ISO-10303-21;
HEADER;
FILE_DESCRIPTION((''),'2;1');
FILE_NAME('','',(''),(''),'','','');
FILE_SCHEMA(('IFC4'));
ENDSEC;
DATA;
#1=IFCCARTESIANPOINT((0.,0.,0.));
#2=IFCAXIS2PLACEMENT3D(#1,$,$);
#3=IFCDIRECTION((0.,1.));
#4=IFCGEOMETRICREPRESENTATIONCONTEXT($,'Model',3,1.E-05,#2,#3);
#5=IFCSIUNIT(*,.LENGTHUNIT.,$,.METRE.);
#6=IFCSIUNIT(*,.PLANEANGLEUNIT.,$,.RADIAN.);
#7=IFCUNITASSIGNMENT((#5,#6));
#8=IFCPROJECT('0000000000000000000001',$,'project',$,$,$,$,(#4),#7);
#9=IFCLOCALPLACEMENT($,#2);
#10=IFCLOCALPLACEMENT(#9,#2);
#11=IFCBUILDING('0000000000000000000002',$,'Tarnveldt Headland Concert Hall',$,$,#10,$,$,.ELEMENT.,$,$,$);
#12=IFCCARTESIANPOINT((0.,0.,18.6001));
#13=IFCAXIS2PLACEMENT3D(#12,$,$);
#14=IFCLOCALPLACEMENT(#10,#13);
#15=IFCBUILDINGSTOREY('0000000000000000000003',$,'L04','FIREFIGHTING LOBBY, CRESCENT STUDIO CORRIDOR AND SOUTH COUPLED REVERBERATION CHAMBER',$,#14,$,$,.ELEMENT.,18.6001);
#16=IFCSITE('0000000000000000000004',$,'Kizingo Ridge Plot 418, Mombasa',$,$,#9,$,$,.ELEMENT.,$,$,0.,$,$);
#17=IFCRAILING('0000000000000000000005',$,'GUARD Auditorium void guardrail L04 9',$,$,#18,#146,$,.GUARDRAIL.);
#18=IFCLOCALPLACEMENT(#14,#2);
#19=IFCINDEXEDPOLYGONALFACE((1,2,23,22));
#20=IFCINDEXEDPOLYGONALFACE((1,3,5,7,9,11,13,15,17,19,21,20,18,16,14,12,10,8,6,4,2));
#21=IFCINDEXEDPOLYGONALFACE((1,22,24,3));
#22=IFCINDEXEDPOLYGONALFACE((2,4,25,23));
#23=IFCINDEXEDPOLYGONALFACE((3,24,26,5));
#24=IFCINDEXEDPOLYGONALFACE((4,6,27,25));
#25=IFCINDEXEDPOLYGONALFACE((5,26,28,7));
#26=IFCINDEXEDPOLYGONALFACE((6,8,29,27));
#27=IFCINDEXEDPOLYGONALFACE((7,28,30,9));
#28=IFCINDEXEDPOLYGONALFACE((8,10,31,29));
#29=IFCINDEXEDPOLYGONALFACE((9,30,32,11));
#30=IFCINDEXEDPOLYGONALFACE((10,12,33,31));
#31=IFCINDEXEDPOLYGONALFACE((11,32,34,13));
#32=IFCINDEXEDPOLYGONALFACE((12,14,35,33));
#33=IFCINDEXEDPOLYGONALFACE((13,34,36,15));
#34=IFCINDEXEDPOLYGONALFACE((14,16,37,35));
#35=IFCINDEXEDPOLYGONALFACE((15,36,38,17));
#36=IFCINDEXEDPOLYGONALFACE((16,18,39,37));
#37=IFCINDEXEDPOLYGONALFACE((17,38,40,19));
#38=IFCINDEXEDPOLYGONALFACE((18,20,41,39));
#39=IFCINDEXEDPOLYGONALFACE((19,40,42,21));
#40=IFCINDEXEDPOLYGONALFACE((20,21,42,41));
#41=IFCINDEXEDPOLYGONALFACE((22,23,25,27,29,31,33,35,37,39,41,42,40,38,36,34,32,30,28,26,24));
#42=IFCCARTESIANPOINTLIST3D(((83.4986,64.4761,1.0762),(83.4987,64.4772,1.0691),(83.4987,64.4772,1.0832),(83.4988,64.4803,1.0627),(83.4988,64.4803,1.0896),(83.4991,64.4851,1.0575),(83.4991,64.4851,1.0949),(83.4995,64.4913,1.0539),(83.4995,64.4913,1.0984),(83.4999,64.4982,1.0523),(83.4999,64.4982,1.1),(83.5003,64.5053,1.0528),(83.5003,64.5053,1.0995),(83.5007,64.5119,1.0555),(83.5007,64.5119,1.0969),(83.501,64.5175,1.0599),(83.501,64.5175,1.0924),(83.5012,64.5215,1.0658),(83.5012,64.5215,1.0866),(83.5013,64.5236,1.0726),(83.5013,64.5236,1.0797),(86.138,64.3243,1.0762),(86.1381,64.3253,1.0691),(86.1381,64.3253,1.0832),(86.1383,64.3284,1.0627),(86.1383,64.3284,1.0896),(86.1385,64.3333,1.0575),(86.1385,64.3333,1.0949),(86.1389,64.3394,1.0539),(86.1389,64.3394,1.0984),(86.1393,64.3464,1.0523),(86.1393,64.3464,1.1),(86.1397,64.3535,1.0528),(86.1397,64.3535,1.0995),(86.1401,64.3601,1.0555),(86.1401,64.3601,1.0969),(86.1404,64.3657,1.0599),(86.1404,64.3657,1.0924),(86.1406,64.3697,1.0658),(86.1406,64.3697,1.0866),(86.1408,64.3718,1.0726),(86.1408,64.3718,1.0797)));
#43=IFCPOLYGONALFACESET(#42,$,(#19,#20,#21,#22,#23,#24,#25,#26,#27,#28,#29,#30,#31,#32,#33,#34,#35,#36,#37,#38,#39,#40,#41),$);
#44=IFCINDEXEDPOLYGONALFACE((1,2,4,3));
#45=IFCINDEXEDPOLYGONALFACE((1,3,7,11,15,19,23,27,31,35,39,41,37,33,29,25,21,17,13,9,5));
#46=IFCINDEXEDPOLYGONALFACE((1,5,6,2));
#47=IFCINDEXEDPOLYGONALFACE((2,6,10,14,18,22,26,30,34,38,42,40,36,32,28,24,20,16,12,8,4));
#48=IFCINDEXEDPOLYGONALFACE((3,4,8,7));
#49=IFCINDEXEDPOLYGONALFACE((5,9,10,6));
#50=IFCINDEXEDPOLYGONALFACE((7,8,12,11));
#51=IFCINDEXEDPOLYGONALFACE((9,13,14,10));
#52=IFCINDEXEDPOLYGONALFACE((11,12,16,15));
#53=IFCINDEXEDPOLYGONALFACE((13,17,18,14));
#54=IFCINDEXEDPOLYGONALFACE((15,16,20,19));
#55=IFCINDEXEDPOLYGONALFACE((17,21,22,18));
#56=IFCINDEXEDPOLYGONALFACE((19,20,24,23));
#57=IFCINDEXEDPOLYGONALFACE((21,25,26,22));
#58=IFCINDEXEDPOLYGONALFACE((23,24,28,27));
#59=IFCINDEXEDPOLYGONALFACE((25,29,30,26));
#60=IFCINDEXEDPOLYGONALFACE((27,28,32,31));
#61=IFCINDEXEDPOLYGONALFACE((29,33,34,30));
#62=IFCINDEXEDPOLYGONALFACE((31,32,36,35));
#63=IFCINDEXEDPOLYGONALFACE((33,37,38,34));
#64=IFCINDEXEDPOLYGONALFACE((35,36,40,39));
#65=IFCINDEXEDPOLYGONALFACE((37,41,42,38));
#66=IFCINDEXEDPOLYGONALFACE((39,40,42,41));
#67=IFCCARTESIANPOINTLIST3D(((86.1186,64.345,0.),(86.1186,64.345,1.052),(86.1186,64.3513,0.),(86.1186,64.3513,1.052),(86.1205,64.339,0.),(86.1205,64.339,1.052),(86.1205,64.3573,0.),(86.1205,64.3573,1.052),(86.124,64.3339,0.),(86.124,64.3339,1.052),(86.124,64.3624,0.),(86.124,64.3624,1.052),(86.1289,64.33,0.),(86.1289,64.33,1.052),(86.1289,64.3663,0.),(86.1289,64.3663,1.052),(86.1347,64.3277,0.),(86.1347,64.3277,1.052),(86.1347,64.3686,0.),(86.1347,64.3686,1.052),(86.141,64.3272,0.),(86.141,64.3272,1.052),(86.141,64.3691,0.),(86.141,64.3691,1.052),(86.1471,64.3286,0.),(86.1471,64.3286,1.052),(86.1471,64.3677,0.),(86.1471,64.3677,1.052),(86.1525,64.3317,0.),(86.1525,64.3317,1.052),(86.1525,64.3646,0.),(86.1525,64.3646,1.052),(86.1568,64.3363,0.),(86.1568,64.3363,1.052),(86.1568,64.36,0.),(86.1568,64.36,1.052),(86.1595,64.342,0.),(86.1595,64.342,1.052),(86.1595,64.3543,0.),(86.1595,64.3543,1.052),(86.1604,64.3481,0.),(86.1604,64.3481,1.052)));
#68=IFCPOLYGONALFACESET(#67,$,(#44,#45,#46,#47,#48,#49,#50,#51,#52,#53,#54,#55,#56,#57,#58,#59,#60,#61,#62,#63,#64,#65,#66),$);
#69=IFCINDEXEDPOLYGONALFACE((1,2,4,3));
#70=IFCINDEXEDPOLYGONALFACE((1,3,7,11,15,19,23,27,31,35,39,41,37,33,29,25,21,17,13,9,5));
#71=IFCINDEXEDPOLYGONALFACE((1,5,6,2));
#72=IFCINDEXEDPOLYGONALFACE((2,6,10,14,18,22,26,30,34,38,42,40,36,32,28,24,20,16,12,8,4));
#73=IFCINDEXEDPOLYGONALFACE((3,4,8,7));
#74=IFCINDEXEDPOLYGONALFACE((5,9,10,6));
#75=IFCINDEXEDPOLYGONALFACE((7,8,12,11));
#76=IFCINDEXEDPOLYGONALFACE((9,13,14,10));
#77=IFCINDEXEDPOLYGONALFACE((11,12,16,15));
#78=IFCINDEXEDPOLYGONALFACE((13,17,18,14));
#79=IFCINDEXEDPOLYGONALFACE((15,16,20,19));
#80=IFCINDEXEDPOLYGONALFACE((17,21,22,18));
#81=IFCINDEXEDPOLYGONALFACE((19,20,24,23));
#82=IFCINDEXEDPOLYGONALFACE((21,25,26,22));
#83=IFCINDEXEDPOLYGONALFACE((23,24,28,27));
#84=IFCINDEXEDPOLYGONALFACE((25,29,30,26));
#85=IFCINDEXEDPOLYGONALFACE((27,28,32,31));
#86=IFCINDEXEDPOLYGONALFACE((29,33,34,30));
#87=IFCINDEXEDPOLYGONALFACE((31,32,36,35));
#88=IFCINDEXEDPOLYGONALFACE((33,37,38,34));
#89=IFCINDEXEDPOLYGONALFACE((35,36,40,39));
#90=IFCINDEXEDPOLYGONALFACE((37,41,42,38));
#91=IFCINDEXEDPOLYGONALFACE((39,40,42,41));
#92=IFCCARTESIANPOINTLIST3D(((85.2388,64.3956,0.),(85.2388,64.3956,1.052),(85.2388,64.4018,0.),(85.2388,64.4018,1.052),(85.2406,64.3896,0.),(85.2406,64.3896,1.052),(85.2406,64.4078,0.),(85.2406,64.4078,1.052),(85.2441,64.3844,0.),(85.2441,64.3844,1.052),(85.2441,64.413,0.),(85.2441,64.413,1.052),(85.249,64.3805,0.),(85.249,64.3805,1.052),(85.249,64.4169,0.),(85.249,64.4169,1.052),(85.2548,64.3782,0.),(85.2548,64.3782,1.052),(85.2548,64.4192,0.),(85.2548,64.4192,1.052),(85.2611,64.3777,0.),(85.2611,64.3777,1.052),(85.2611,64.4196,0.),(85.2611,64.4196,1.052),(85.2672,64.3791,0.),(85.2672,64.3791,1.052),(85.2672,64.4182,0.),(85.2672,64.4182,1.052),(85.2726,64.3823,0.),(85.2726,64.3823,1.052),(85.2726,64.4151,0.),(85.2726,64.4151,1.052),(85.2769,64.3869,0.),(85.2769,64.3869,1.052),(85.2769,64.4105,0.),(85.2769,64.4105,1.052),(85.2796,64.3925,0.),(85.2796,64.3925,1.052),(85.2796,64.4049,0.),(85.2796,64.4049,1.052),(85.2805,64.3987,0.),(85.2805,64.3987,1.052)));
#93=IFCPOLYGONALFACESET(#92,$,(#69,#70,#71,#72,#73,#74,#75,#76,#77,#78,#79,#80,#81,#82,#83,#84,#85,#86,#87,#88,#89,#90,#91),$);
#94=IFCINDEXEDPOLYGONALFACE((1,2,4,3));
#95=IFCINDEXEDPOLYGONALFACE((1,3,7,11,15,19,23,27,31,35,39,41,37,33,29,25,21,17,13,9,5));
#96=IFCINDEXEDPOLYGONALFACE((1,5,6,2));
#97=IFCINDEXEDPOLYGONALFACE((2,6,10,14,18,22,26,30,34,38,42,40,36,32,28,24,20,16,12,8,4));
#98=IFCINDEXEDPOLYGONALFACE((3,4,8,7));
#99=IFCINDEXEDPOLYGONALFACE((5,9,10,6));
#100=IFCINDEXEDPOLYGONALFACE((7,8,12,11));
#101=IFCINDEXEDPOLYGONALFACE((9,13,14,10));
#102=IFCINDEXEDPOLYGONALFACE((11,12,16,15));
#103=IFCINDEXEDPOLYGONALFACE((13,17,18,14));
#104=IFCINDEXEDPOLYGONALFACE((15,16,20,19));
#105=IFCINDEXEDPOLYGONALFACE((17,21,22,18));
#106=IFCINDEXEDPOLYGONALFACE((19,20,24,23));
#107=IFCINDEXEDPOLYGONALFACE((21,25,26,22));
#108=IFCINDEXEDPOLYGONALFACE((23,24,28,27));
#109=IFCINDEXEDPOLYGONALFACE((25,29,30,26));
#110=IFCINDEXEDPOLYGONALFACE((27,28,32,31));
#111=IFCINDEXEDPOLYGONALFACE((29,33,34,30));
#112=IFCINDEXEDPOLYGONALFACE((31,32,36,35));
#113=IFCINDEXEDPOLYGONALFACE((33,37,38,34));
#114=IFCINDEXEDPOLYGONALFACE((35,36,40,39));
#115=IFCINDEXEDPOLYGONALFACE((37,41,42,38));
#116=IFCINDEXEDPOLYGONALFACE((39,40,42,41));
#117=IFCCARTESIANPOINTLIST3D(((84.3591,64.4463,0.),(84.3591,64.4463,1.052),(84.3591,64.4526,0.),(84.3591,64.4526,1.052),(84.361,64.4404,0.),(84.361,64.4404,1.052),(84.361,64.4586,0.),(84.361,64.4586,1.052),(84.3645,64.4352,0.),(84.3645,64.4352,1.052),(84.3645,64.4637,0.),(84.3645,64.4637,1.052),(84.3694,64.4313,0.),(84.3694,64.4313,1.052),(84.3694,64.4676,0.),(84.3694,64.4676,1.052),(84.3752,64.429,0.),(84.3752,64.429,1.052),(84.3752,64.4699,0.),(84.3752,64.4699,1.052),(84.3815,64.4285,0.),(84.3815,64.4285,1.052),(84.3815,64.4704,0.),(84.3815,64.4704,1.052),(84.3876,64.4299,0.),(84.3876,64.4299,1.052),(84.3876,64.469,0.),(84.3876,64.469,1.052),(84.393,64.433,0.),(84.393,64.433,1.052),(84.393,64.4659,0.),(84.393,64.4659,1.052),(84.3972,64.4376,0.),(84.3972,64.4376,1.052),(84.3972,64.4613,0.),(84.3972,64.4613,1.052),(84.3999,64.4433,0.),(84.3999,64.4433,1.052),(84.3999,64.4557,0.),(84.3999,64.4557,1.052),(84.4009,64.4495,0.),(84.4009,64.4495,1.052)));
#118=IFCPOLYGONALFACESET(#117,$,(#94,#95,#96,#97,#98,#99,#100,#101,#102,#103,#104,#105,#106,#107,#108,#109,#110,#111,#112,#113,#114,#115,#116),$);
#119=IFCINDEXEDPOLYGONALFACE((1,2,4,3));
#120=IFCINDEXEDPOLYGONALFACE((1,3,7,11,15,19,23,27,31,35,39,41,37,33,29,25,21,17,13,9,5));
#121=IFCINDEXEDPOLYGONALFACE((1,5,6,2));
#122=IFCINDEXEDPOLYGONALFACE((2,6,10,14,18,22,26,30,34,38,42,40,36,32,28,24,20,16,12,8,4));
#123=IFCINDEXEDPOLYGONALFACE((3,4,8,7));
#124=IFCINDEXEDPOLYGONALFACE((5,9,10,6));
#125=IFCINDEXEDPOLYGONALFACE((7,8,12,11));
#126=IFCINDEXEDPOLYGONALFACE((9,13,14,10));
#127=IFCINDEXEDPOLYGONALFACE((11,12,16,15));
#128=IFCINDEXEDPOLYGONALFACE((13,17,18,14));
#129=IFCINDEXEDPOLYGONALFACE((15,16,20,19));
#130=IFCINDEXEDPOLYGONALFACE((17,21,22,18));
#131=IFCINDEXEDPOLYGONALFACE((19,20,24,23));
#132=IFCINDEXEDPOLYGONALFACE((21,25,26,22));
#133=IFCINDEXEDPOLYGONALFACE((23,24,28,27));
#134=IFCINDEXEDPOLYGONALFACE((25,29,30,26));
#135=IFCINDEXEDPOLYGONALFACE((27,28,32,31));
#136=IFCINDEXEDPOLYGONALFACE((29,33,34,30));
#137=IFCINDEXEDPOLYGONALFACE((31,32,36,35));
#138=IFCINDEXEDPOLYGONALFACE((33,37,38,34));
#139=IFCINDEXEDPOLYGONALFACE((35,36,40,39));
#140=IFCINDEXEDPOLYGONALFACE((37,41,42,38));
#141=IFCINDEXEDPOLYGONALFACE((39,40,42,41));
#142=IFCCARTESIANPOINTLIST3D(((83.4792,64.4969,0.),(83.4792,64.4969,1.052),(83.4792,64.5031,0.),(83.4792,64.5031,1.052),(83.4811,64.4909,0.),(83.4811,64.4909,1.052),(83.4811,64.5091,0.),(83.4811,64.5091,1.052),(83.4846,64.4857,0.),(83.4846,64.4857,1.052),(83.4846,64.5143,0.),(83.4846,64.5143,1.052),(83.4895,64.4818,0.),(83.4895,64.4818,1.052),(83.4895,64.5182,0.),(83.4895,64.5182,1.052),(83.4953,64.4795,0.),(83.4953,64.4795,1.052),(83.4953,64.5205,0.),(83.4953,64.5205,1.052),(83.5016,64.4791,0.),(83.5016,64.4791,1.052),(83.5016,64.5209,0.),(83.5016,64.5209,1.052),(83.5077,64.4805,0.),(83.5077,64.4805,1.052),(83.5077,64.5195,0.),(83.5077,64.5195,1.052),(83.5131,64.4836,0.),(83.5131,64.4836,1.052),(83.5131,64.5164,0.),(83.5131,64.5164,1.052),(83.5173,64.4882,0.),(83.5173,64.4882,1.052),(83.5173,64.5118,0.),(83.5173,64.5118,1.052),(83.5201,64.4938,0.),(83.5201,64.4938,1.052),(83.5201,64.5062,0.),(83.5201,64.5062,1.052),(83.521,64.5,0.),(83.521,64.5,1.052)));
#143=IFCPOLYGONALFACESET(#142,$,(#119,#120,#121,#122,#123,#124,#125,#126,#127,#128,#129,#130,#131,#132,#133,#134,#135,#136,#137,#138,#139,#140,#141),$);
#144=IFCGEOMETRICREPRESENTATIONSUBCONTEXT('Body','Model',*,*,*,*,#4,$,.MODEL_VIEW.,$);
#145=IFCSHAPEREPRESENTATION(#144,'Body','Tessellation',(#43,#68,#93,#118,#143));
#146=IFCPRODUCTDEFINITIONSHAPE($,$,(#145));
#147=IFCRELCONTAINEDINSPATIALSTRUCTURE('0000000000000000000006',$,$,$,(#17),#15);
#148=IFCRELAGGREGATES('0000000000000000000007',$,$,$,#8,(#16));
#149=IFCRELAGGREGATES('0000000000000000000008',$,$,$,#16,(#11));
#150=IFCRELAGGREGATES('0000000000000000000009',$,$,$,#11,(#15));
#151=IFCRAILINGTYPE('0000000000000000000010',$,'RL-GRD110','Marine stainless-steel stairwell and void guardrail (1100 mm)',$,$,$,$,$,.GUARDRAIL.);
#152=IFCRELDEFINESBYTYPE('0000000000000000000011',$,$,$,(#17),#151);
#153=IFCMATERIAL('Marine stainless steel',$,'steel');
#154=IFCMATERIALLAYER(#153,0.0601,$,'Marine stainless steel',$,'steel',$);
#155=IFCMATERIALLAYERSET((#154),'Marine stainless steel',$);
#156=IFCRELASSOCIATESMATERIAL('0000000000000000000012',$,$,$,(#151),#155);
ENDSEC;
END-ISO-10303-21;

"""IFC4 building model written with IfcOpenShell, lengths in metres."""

from ifc_helpers import new_model, si_unit, direction, frame, origin, origin_2d, place, context, subcontext, project, spatial, circle, extrude, material, layer, layer_set, type_object, element, save


model = new_model("IFC4")

# Units and contexts
model_context = context("Model", 3, precision=1e-05, world=origin(), true_north=direction((0.0, 1.0)))
body_context = subcontext(model_context, "Body", "Model", "MODEL_VIEW")
ifc_project = project(units=[si_unit("LENGTHUNIT", "METRE"), si_unit("PLANEANGLEUNIT", "RADIAN")], contexts=[model_context])

# Site, building, storey
site_placement = place(None, origin())
site = spatial("IfcSite", under=ifc_project, at=site_placement, Name="Kizingo Ridge Plot 418, Mombasa", CompositionType="ELEMENT", RefElevation=0.0)
building_placement = place(site_placement, origin())
building = spatial("IfcBuilding", under=site, at=building_placement, Name="Tarnveldt Headland Concert Hall", CompositionType="ELEMENT")
storey_placement = place(building_placement, frame((0.0, 0.0, 18.6001)))
storey = spatial("IfcBuildingStorey", under=building, at=storey_placement, Name="L04", Description="FIREFIGHTING LOBBY, CRESCENT STUDIO CORRIDOR AND SOUTH COUPLED REVERBERATION CHAMBER", CompositionType="ELEMENT", Elevation=18.6001)

# Railing
ifc_material_1 = material(Name="Marine stainless steel", Category="steel")
ifc_layer_1 = layer(ifc_material_1, 0.0601, Name="Marine stainless steel", Category="steel")
ifc_layer_set_1 = layer_set([ifc_layer_1], Name="Marine stainless steel")
railing_type = type_object("IfcRailingType", Name="RL-GRD110", Description="Marine stainless-steel stairwell and void guardrail (1100 mm)", PredefinedType="GUARDRAIL", material=ifc_layer_set_1)
railing_1_placement = place(storey_placement, frame((86.1394, 64.3481, 0.0)))
element("IfcRailing", 1, at=railing_1_placement, inside=storey, type_object=railing_type, Name="GUARD Auditorium void guardrail L04 9", PredefinedType="GUARDRAIL", context=body_context, shape_type="SweptSolid", body=[
    extrude(circle(Radius=0.0239, at=origin_2d()), frame((0.0, 0.0, 1.0762), z_axis=(-0.998349, 0.057439, 0.0), x_axis=(-0.057439, -0.998349, 0.0)), (0.0, 0.0, 1.0), 2.6438),
    extrude(circle(Radius=0.021, at=origin_2d()), origin(), (0.0, 0.0, 1.0), 1.052),
    extrude(circle(Radius=0.021, at=origin_2d()), frame((-0.8799, 0.0505, 0.0)), (0.0, 0.0, 1.0), 1.052),
    extrude(circle(Radius=0.021, at=origin_2d()), frame((-1.7595, 0.1013, 0.0)), (0.0, 0.0, 1.0), 1.052),
    extrude(circle(Radius=0.021, at=origin_2d()), frame((-2.6394, 0.1519, 0.0)), (0.0, 0.0, 1.0), 1.052),
])

save(model, "model.ifc")
